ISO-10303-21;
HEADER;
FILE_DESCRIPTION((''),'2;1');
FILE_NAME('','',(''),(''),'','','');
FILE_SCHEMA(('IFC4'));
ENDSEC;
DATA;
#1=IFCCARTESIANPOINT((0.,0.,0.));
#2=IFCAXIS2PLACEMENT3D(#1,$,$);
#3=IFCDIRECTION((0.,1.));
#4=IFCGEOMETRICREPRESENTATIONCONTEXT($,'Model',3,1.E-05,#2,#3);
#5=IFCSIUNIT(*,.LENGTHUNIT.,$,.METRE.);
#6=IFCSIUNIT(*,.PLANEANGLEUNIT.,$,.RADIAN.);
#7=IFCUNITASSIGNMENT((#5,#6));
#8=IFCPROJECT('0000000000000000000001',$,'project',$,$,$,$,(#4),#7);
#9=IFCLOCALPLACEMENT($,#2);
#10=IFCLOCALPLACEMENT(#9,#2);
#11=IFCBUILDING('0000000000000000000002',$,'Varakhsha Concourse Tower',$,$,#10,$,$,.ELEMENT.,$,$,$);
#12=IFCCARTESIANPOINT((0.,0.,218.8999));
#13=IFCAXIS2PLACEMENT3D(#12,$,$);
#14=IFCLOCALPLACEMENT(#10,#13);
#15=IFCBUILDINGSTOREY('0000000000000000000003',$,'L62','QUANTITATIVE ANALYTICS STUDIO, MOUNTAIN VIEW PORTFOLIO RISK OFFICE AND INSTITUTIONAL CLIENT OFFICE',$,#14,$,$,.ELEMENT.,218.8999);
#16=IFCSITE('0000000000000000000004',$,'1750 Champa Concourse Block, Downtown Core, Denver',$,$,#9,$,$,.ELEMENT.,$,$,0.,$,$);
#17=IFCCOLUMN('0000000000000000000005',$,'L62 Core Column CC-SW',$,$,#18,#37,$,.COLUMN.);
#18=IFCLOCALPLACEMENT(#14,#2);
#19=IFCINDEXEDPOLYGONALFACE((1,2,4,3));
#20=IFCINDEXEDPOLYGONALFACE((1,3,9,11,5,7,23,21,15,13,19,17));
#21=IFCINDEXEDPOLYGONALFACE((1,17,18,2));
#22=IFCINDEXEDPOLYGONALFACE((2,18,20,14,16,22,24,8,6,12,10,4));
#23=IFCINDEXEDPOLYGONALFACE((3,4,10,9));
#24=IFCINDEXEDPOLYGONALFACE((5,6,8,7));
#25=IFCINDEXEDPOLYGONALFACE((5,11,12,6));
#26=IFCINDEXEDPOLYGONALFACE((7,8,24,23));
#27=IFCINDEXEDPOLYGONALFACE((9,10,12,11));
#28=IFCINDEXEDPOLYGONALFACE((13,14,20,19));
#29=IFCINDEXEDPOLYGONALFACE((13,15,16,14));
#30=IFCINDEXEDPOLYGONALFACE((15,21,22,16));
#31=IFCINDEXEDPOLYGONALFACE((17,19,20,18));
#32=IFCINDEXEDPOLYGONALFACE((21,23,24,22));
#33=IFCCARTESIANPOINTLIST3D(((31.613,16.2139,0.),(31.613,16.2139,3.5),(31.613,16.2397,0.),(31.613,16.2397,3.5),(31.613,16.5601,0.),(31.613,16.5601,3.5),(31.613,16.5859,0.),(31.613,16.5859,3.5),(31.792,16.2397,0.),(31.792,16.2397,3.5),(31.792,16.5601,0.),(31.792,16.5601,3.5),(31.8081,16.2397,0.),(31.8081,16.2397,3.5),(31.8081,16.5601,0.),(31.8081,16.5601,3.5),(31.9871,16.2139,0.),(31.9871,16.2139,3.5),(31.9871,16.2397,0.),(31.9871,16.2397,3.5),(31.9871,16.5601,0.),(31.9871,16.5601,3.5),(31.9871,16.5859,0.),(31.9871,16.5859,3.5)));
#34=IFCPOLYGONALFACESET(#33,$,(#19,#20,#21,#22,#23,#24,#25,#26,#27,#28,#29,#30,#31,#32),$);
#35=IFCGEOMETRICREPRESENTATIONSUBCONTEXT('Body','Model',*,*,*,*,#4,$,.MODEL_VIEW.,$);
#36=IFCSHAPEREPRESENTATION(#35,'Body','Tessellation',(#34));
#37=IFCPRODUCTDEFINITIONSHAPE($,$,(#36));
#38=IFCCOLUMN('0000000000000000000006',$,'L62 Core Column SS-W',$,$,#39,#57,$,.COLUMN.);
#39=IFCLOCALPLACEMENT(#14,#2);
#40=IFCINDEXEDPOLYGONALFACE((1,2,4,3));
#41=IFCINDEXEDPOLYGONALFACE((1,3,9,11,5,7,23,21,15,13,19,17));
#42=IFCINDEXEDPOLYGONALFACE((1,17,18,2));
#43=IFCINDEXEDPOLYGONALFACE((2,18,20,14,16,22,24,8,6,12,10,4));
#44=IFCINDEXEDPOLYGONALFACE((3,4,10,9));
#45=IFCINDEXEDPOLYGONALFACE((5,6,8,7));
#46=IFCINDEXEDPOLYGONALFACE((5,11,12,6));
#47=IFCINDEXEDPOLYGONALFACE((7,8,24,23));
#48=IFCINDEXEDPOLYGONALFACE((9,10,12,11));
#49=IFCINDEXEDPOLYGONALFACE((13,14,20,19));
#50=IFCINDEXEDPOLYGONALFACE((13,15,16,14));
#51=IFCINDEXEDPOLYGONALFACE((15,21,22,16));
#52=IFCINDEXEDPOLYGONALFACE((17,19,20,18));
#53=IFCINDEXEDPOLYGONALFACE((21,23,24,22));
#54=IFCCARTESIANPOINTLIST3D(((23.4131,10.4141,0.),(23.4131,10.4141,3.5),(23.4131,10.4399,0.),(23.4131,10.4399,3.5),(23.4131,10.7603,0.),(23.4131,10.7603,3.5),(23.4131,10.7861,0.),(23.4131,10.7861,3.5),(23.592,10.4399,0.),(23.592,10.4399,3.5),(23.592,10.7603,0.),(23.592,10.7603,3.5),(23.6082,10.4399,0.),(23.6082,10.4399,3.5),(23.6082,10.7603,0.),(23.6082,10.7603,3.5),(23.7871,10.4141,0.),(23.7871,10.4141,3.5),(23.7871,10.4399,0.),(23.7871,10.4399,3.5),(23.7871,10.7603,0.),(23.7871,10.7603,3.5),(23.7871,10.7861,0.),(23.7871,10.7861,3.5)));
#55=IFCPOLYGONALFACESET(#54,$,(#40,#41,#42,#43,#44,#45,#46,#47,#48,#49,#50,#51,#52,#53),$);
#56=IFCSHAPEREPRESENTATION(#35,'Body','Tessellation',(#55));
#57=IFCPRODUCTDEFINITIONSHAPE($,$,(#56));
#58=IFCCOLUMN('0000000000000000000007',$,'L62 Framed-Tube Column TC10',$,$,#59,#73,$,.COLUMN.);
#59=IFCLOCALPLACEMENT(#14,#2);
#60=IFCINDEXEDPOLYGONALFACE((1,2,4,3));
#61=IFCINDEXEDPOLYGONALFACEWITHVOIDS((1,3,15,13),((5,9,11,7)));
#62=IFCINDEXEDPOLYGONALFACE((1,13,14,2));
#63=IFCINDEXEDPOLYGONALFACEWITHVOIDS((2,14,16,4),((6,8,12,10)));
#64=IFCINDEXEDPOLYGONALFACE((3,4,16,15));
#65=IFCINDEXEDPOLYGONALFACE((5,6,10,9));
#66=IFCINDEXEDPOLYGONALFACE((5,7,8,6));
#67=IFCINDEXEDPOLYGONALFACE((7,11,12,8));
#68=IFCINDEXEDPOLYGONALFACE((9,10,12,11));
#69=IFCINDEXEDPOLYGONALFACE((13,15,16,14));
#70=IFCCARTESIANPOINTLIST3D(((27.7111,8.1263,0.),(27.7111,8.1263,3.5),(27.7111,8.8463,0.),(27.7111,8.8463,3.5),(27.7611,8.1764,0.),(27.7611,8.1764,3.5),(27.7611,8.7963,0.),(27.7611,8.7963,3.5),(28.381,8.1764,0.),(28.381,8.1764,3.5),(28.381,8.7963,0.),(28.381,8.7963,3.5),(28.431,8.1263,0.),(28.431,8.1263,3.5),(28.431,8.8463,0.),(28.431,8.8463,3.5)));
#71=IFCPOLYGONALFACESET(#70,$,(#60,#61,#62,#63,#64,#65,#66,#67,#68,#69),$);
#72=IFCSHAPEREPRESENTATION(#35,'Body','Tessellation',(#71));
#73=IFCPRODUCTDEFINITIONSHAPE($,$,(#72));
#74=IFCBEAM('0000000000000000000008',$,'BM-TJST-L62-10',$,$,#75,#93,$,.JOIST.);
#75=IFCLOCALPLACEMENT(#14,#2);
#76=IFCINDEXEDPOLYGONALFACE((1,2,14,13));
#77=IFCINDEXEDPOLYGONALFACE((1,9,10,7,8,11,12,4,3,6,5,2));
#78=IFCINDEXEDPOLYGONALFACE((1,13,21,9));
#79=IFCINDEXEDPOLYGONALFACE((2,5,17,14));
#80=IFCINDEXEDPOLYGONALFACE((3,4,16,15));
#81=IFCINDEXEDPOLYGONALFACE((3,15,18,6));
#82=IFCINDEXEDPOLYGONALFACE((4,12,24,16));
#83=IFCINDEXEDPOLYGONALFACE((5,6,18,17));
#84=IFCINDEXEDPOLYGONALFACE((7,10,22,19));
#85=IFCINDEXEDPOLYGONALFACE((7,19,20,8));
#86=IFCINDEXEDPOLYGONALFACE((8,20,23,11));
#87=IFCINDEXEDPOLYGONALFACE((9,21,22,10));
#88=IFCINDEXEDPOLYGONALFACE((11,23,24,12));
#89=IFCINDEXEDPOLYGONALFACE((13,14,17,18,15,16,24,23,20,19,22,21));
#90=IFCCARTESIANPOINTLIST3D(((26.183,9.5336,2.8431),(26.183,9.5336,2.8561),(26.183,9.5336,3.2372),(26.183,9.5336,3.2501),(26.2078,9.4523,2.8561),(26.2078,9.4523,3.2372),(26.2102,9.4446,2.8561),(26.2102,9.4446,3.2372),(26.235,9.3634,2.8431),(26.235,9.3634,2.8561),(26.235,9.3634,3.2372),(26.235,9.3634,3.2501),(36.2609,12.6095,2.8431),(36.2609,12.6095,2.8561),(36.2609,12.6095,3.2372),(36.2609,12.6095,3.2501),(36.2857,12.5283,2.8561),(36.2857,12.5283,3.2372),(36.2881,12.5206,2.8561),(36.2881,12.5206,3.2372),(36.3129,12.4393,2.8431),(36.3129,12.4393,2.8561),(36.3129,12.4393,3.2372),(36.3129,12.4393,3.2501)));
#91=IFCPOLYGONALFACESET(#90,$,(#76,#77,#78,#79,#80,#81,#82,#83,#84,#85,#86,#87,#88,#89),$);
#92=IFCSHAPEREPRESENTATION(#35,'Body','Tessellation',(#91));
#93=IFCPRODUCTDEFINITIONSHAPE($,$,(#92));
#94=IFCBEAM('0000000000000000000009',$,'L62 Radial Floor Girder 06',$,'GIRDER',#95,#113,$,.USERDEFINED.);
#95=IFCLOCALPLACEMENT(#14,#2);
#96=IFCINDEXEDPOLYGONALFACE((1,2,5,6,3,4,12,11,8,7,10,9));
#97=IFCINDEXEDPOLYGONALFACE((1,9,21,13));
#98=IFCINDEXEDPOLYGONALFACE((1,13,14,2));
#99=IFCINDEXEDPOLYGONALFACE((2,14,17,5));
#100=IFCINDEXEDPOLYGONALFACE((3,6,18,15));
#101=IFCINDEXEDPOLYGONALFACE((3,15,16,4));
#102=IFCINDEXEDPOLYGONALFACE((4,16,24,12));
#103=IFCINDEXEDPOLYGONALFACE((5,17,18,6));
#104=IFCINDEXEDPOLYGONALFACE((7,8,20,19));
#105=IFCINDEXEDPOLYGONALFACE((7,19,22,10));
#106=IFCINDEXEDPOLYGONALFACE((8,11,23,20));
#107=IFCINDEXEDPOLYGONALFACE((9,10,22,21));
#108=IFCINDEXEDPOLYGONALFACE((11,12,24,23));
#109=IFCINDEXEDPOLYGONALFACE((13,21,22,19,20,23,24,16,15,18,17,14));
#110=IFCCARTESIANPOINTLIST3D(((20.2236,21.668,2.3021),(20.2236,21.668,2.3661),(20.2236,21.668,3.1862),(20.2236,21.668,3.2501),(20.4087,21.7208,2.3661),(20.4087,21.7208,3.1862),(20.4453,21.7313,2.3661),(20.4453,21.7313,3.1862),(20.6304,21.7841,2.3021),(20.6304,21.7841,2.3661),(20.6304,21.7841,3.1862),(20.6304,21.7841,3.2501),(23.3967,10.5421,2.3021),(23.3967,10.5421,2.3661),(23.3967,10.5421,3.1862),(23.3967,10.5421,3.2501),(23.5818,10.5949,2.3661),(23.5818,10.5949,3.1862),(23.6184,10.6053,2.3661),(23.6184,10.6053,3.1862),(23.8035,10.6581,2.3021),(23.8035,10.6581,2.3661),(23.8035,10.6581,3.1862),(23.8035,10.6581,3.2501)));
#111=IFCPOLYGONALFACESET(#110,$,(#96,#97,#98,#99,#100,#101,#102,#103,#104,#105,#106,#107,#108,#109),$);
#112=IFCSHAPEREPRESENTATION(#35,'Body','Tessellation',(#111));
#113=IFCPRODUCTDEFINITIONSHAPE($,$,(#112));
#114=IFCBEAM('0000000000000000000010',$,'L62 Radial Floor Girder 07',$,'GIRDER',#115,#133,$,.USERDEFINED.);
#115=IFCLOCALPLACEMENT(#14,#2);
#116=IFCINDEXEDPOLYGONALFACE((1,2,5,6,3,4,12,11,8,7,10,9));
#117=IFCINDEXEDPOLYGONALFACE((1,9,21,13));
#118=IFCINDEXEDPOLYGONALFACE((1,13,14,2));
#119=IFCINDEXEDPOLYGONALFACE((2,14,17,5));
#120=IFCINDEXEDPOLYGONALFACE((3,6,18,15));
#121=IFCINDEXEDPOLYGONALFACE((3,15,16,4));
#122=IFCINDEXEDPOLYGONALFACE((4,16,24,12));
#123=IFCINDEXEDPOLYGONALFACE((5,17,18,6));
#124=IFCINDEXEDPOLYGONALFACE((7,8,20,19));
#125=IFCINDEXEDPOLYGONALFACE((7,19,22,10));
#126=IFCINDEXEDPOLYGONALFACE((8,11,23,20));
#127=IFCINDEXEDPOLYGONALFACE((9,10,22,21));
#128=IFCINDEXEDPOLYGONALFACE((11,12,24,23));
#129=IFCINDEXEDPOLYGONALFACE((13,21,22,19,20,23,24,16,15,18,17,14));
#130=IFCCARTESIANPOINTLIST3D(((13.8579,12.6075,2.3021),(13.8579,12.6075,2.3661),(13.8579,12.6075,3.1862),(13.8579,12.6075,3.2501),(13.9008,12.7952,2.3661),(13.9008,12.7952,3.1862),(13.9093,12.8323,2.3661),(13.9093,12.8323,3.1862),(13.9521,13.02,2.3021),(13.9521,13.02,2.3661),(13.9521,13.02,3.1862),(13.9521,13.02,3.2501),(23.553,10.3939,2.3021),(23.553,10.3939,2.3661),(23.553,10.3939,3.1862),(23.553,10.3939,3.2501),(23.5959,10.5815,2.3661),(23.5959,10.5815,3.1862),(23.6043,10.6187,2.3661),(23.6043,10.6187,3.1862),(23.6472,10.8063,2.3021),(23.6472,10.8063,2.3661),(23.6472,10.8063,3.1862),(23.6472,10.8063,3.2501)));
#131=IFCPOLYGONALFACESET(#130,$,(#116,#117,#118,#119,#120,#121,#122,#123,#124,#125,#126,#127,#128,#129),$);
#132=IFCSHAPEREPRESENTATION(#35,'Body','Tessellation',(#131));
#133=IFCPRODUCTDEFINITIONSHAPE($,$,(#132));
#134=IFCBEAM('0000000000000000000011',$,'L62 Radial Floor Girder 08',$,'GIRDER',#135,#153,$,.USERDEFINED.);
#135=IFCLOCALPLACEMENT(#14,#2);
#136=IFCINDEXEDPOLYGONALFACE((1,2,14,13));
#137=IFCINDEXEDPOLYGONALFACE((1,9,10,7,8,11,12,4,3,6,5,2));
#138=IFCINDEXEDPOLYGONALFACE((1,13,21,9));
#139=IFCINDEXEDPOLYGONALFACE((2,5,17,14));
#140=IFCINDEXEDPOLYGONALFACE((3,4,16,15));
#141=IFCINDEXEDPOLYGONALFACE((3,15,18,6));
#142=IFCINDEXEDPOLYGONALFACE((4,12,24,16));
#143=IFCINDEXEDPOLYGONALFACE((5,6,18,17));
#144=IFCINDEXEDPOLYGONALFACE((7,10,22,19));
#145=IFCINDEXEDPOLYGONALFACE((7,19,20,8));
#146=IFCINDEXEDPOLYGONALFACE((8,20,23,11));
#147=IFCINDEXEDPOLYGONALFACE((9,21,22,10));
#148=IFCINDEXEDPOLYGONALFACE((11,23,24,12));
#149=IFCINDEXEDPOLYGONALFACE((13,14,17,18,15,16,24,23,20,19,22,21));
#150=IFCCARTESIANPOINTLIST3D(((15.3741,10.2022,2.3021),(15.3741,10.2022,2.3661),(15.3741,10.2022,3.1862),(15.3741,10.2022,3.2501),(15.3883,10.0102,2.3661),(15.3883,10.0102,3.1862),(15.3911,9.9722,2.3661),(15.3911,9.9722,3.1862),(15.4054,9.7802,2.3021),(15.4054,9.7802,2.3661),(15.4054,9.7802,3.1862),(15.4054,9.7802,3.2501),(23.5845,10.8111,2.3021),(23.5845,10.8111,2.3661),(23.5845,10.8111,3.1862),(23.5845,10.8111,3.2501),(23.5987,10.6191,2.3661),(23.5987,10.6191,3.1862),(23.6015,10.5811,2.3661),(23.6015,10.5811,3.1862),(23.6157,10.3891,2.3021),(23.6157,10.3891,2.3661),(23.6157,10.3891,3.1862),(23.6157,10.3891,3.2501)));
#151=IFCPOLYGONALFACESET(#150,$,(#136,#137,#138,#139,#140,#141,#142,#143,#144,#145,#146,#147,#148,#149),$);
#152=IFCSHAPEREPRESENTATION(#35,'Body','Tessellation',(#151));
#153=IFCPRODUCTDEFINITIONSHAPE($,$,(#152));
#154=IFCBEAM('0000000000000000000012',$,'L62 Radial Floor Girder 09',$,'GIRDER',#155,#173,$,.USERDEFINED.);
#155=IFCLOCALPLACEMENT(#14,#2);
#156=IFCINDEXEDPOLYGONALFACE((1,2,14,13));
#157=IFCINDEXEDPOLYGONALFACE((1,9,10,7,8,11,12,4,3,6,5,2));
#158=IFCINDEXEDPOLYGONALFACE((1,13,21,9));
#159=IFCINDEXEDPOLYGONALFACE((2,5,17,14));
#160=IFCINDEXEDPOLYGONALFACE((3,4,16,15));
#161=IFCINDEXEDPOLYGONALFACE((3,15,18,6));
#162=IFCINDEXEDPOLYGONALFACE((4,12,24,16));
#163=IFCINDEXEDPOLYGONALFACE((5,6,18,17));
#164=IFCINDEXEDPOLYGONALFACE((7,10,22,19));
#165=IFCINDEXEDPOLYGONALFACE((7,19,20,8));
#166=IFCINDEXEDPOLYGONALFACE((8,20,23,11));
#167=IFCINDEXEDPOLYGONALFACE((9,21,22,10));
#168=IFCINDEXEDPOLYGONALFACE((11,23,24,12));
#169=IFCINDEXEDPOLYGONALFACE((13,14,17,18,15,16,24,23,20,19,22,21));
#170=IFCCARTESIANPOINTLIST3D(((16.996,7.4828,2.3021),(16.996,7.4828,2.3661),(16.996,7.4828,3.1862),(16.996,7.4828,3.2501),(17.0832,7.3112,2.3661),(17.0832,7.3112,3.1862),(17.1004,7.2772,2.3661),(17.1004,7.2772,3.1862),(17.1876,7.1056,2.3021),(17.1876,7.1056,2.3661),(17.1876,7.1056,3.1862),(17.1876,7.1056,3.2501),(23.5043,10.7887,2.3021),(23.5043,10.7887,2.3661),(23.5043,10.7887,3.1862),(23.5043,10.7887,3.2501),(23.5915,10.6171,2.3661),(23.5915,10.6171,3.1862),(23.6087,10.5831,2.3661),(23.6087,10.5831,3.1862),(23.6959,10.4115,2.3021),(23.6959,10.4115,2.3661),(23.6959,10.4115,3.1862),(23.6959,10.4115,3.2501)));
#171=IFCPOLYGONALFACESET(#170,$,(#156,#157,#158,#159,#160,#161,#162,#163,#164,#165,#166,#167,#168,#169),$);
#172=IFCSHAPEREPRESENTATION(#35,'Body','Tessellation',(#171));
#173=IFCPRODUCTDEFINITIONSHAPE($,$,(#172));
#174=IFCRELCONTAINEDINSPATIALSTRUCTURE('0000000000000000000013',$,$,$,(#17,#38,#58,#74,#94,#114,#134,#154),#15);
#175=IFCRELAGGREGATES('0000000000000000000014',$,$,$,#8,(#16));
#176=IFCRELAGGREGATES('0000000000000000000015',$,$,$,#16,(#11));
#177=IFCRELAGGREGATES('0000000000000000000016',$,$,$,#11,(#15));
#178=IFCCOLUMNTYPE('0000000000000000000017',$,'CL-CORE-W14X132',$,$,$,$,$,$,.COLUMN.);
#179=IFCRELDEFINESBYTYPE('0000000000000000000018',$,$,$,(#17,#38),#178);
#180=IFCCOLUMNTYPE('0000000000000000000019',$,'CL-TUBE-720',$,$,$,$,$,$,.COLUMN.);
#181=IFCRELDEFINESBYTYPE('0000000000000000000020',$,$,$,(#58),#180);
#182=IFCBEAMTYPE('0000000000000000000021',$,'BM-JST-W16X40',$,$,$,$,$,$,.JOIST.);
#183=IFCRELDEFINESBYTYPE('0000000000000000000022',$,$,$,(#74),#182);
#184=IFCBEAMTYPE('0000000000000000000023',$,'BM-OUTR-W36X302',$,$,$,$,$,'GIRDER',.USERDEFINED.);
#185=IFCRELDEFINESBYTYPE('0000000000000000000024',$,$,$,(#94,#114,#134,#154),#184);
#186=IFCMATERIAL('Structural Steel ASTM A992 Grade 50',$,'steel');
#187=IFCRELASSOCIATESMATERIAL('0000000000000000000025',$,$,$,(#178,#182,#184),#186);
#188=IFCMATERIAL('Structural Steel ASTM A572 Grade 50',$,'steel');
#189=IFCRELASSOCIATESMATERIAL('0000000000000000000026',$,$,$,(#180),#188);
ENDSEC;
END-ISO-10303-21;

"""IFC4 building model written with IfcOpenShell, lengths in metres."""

from ifc_helpers import new_model, si_unit, direction, frame, origin, origin_2d, place, context, subcontext, project, spatial, hollow_rectangle, i_section, extrude, material, material_profile, profile_set, type_object, element, save


model = new_model("IFC4")

# Units and contexts
model_context = context("Model", 3, precision=1e-05, world=origin(), true_north=direction((0.0, 1.0)))
body_context = subcontext(model_context, "Body", "Model", "MODEL_VIEW")
ifc_project = project(units=[si_unit("LENGTHUNIT", "METRE"), si_unit("PLANEANGLEUNIT", "RADIAN")], contexts=[model_context])

# Site, building, storey
site_placement = place(None, origin())
site = spatial("IfcSite", under=ifc_project, at=site_placement, Name="1750 Champa Concourse Block, Downtown Core, Denver", CompositionType="ELEMENT", RefElevation=0.0)
building_placement = place(site_placement, origin())
building = spatial("IfcBuilding", under=site, at=building_placement, Name="Varakhsha Concourse Tower", CompositionType="ELEMENT")
storey_placement = place(building_placement, frame((0.0, 0.0, 218.8999)))
storey = spatial("IfcBuildingStorey", under=building, at=storey_placement, Name="L62", Description="QUANTITATIVE ANALYTICS STUDIO, MOUNTAIN VIEW PORTFOLIO RISK OFFICE AND INSTITUTIONAL CLIENT OFFICE", CompositionType="ELEMENT", Elevation=218.8999)

# Columns
ifc_material_1 = material(Name="Structural Steel ASTM A992 Grade 50", Category="steel")
ifc_material_profile_1 = material_profile(ifc_material_1, i_section(OverallWidth=0.374, OverallDepth=0.3721, WebThickness=0.0161, FlangeThickness=0.0259, at=origin_2d()), Name="W14X132")
ifc_profile_set_1 = profile_set([ifc_material_profile_1], Name="Structural Steel ASTM A992 Grade 50")
column_type_1 = type_object("IfcColumnType", Name="CL-CORE-W14X132", PredefinedType="COLUMN", material=ifc_profile_set_1)
for number, where, z_axis, x_axis, name in (
    (1, (31.8, 16.3999, 0.0), (0.0, 0.0, 1.0), (1.0, 0.0, 0.0), "L62 Core Column CC-SW"),
    (2, (23.6001, 10.6001, 0.0), (0.0, 0.0, 1.0), (1.0, 0.0, 0.0), "L62 Core Column SS-W"),
):
    element("IfcColumn", number, at=place(storey_placement, frame(where, z_axis=z_axis, x_axis=x_axis)), inside=storey, type_object=column_type_1, Name=name, PredefinedType="COLUMN", context=body_context, shape_type="SweptSolid", body=[
        extrude(i_section(OverallWidth=0.374, OverallDepth=0.3721, WebThickness=0.0161, FlangeThickness=0.0259, at=origin_2d()), origin(), (0.0, 0.0, 1.0), 3.5),
    ])
ifc_material_2 = material(Name="Structural Steel ASTM A572 Grade 50", Category="steel")
ifc_material_profile_2 = material_profile(ifc_material_2, hollow_rectangle(XDim=0.72, YDim=0.72, WallThickness=0.05, at=origin_2d()), Name="BOX 720x720x50")
ifc_profile_set_2 = profile_set([ifc_material_profile_2], Name="Structural Steel ASTM A572 Grade 50")
column_type_2 = type_object("IfcColumnType", Name="CL-TUBE-720", PredefinedType="COLUMN", material=ifc_profile_set_2)
column_placement = place(storey_placement, frame((28.071, 8.4863, 0.0), z_axis=(0.0, 0.0, 1.0), x_axis=(1.0, 0.0, 0.0)))
element("IfcColumn", 3, at=column_placement, inside=storey, type_object=column_type_2, Name="L62 Framed-Tube Column TC10", PredefinedType="COLUMN", context=body_context, shape_type="SweptSolid", body=[
    extrude(hollow_rectangle(XDim=0.72, YDim=0.72, WallThickness=0.05, at=origin_2d()), origin(), (0.0, 0.0, 1.0), 3.5),
])

# Beams
ifc_material_profile_3 = material_profile(ifc_material_1, i_section(OverallWidth=0.178, OverallDepth=0.407, WebThickness=0.0081, FlangeThickness=0.0129, at=origin_2d()), Name="W16X40")
ifc_profile_set_3 = profile_set([ifc_material_profile_3], Name="Structural Steel ASTM A992 Grade 50")
beam_type_1 = type_object("IfcBeamType", Name="BM-JST-W16X40", PredefinedType="JOIST", material=ifc_profile_set_3)
beam_1_placement = place(storey_placement, frame((26.209, 9.4485, 3.0466), z_axis=(0.956442, 0.291921, 0.0), x_axis=(-0.291921, 0.956442, 0.0)))
element("IfcBeam", 4, at=beam_1_placement, inside=storey, type_object=beam_type_1, Name="BM-TJST-L62-10", PredefinedType="JOIST", context=body_context, shape_type="SweptSolid", body=[
    extrude(i_section(OverallWidth=0.178, OverallDepth=0.407, WebThickness=0.0081, FlangeThickness=0.0129, at=origin_2d()), origin(), (0.0, 0.0, 1.0), 10.5369),
])
ifc_material_profile_4 = material_profile(ifc_material_1, i_section(OverallWidth=0.4231, OverallDepth=0.948, WebThickness=0.0381, FlangeThickness=0.064, at=origin_2d()), Name="W36X302")
ifc_profile_set_4 = profile_set([ifc_material_profile_4], Name="Structural Steel ASTM A992 Grade 50")
beam_type_2 = type_object("IfcBeamType", Name="BM-OUTR-W36X302", ElementType="GIRDER", PredefinedType="USERDEFINED", material=ifc_profile_set_4)
beam_2_placement = place(storey_placement, frame((23.6001, 10.6001, 2.7761), z_axis=(-0.274261, 0.961655, 0.0), x_axis=(-0.961655, -0.274261, 0.0)))
element("IfcBeam", 5, at=beam_2_placement, inside=storey, type_object=beam_type_2, Name="L62 Radial Floor Girder 06", ObjectType="GIRDER", PredefinedType="USERDEFINED", context=body_context, shape_type="SweptSolid", body=[
    extrude(i_section(OverallWidth=0.4231, OverallDepth=0.948, WebThickness=0.0381, FlangeThickness=0.064, at=origin_2d()), origin(), (0.0, 0.0, 1.0), 11.5696),
])
beam_3_placement = place(storey_placement, frame((23.6001, 10.6001, 2.7761), z_axis=(-0.974911, 0.222596, 0.0), x_axis=(-0.222596, -0.974911, 0.0)))
element("IfcBeam", 6, at=beam_3_placement, inside=storey, type_object=beam_type_2, Name="L62 Radial Floor Girder 07", ObjectType="GIRDER", PredefinedType="USERDEFINED", context=body_context, shape_type="SweptSolid", body=[
    extrude(i_section(OverallWidth=0.4231, OverallDepth=0.948, WebThickness=0.0381, FlangeThickness=0.064, at=origin_2d()), origin(), (0.0, 0.0, 1.0), 9.9446),
])
beam_4_placement = place(storey_placement, frame((23.6001, 10.6001, 2.7761), z_axis=(-0.997261, -0.073957, 0.0), x_axis=(0.073957, -0.997261, 0.0)))
element("IfcBeam", 7, at=beam_4_placement, inside=storey, type_object=beam_type_2, Name="L62 Radial Floor Girder 08", ObjectType="GIRDER", PredefinedType="USERDEFINED", context=body_context, shape_type="SweptSolid", body=[
    extrude(i_section(OverallWidth=0.4231, OverallDepth=0.948, WebThickness=0.0381, FlangeThickness=0.064, at=origin_2d()), origin(), (0.0, 0.0, 1.0), 8.2329),
])
beam_5_placement = place(storey_placement, frame((23.6001, 10.6001, 2.7761), z_axis=(-0.891573, -0.452877, 0.0), x_axis=(0.452877, -0.891573, 0.0)))
element("IfcBeam", 8, at=beam_5_placement, inside=storey, type_object=beam_type_2, Name="L62 Radial Floor Girder 09", ObjectType="GIRDER", PredefinedType="USERDEFINED", context=body_context, shape_type="SweptSolid", body=[
    extrude(i_section(OverallWidth=0.4231, OverallDepth=0.948, WebThickness=0.0381, FlangeThickness=0.064, at=origin_2d()), origin(), (0.0, 0.0, 1.0), 7.2998),
])

save(model, "model.ifc")
